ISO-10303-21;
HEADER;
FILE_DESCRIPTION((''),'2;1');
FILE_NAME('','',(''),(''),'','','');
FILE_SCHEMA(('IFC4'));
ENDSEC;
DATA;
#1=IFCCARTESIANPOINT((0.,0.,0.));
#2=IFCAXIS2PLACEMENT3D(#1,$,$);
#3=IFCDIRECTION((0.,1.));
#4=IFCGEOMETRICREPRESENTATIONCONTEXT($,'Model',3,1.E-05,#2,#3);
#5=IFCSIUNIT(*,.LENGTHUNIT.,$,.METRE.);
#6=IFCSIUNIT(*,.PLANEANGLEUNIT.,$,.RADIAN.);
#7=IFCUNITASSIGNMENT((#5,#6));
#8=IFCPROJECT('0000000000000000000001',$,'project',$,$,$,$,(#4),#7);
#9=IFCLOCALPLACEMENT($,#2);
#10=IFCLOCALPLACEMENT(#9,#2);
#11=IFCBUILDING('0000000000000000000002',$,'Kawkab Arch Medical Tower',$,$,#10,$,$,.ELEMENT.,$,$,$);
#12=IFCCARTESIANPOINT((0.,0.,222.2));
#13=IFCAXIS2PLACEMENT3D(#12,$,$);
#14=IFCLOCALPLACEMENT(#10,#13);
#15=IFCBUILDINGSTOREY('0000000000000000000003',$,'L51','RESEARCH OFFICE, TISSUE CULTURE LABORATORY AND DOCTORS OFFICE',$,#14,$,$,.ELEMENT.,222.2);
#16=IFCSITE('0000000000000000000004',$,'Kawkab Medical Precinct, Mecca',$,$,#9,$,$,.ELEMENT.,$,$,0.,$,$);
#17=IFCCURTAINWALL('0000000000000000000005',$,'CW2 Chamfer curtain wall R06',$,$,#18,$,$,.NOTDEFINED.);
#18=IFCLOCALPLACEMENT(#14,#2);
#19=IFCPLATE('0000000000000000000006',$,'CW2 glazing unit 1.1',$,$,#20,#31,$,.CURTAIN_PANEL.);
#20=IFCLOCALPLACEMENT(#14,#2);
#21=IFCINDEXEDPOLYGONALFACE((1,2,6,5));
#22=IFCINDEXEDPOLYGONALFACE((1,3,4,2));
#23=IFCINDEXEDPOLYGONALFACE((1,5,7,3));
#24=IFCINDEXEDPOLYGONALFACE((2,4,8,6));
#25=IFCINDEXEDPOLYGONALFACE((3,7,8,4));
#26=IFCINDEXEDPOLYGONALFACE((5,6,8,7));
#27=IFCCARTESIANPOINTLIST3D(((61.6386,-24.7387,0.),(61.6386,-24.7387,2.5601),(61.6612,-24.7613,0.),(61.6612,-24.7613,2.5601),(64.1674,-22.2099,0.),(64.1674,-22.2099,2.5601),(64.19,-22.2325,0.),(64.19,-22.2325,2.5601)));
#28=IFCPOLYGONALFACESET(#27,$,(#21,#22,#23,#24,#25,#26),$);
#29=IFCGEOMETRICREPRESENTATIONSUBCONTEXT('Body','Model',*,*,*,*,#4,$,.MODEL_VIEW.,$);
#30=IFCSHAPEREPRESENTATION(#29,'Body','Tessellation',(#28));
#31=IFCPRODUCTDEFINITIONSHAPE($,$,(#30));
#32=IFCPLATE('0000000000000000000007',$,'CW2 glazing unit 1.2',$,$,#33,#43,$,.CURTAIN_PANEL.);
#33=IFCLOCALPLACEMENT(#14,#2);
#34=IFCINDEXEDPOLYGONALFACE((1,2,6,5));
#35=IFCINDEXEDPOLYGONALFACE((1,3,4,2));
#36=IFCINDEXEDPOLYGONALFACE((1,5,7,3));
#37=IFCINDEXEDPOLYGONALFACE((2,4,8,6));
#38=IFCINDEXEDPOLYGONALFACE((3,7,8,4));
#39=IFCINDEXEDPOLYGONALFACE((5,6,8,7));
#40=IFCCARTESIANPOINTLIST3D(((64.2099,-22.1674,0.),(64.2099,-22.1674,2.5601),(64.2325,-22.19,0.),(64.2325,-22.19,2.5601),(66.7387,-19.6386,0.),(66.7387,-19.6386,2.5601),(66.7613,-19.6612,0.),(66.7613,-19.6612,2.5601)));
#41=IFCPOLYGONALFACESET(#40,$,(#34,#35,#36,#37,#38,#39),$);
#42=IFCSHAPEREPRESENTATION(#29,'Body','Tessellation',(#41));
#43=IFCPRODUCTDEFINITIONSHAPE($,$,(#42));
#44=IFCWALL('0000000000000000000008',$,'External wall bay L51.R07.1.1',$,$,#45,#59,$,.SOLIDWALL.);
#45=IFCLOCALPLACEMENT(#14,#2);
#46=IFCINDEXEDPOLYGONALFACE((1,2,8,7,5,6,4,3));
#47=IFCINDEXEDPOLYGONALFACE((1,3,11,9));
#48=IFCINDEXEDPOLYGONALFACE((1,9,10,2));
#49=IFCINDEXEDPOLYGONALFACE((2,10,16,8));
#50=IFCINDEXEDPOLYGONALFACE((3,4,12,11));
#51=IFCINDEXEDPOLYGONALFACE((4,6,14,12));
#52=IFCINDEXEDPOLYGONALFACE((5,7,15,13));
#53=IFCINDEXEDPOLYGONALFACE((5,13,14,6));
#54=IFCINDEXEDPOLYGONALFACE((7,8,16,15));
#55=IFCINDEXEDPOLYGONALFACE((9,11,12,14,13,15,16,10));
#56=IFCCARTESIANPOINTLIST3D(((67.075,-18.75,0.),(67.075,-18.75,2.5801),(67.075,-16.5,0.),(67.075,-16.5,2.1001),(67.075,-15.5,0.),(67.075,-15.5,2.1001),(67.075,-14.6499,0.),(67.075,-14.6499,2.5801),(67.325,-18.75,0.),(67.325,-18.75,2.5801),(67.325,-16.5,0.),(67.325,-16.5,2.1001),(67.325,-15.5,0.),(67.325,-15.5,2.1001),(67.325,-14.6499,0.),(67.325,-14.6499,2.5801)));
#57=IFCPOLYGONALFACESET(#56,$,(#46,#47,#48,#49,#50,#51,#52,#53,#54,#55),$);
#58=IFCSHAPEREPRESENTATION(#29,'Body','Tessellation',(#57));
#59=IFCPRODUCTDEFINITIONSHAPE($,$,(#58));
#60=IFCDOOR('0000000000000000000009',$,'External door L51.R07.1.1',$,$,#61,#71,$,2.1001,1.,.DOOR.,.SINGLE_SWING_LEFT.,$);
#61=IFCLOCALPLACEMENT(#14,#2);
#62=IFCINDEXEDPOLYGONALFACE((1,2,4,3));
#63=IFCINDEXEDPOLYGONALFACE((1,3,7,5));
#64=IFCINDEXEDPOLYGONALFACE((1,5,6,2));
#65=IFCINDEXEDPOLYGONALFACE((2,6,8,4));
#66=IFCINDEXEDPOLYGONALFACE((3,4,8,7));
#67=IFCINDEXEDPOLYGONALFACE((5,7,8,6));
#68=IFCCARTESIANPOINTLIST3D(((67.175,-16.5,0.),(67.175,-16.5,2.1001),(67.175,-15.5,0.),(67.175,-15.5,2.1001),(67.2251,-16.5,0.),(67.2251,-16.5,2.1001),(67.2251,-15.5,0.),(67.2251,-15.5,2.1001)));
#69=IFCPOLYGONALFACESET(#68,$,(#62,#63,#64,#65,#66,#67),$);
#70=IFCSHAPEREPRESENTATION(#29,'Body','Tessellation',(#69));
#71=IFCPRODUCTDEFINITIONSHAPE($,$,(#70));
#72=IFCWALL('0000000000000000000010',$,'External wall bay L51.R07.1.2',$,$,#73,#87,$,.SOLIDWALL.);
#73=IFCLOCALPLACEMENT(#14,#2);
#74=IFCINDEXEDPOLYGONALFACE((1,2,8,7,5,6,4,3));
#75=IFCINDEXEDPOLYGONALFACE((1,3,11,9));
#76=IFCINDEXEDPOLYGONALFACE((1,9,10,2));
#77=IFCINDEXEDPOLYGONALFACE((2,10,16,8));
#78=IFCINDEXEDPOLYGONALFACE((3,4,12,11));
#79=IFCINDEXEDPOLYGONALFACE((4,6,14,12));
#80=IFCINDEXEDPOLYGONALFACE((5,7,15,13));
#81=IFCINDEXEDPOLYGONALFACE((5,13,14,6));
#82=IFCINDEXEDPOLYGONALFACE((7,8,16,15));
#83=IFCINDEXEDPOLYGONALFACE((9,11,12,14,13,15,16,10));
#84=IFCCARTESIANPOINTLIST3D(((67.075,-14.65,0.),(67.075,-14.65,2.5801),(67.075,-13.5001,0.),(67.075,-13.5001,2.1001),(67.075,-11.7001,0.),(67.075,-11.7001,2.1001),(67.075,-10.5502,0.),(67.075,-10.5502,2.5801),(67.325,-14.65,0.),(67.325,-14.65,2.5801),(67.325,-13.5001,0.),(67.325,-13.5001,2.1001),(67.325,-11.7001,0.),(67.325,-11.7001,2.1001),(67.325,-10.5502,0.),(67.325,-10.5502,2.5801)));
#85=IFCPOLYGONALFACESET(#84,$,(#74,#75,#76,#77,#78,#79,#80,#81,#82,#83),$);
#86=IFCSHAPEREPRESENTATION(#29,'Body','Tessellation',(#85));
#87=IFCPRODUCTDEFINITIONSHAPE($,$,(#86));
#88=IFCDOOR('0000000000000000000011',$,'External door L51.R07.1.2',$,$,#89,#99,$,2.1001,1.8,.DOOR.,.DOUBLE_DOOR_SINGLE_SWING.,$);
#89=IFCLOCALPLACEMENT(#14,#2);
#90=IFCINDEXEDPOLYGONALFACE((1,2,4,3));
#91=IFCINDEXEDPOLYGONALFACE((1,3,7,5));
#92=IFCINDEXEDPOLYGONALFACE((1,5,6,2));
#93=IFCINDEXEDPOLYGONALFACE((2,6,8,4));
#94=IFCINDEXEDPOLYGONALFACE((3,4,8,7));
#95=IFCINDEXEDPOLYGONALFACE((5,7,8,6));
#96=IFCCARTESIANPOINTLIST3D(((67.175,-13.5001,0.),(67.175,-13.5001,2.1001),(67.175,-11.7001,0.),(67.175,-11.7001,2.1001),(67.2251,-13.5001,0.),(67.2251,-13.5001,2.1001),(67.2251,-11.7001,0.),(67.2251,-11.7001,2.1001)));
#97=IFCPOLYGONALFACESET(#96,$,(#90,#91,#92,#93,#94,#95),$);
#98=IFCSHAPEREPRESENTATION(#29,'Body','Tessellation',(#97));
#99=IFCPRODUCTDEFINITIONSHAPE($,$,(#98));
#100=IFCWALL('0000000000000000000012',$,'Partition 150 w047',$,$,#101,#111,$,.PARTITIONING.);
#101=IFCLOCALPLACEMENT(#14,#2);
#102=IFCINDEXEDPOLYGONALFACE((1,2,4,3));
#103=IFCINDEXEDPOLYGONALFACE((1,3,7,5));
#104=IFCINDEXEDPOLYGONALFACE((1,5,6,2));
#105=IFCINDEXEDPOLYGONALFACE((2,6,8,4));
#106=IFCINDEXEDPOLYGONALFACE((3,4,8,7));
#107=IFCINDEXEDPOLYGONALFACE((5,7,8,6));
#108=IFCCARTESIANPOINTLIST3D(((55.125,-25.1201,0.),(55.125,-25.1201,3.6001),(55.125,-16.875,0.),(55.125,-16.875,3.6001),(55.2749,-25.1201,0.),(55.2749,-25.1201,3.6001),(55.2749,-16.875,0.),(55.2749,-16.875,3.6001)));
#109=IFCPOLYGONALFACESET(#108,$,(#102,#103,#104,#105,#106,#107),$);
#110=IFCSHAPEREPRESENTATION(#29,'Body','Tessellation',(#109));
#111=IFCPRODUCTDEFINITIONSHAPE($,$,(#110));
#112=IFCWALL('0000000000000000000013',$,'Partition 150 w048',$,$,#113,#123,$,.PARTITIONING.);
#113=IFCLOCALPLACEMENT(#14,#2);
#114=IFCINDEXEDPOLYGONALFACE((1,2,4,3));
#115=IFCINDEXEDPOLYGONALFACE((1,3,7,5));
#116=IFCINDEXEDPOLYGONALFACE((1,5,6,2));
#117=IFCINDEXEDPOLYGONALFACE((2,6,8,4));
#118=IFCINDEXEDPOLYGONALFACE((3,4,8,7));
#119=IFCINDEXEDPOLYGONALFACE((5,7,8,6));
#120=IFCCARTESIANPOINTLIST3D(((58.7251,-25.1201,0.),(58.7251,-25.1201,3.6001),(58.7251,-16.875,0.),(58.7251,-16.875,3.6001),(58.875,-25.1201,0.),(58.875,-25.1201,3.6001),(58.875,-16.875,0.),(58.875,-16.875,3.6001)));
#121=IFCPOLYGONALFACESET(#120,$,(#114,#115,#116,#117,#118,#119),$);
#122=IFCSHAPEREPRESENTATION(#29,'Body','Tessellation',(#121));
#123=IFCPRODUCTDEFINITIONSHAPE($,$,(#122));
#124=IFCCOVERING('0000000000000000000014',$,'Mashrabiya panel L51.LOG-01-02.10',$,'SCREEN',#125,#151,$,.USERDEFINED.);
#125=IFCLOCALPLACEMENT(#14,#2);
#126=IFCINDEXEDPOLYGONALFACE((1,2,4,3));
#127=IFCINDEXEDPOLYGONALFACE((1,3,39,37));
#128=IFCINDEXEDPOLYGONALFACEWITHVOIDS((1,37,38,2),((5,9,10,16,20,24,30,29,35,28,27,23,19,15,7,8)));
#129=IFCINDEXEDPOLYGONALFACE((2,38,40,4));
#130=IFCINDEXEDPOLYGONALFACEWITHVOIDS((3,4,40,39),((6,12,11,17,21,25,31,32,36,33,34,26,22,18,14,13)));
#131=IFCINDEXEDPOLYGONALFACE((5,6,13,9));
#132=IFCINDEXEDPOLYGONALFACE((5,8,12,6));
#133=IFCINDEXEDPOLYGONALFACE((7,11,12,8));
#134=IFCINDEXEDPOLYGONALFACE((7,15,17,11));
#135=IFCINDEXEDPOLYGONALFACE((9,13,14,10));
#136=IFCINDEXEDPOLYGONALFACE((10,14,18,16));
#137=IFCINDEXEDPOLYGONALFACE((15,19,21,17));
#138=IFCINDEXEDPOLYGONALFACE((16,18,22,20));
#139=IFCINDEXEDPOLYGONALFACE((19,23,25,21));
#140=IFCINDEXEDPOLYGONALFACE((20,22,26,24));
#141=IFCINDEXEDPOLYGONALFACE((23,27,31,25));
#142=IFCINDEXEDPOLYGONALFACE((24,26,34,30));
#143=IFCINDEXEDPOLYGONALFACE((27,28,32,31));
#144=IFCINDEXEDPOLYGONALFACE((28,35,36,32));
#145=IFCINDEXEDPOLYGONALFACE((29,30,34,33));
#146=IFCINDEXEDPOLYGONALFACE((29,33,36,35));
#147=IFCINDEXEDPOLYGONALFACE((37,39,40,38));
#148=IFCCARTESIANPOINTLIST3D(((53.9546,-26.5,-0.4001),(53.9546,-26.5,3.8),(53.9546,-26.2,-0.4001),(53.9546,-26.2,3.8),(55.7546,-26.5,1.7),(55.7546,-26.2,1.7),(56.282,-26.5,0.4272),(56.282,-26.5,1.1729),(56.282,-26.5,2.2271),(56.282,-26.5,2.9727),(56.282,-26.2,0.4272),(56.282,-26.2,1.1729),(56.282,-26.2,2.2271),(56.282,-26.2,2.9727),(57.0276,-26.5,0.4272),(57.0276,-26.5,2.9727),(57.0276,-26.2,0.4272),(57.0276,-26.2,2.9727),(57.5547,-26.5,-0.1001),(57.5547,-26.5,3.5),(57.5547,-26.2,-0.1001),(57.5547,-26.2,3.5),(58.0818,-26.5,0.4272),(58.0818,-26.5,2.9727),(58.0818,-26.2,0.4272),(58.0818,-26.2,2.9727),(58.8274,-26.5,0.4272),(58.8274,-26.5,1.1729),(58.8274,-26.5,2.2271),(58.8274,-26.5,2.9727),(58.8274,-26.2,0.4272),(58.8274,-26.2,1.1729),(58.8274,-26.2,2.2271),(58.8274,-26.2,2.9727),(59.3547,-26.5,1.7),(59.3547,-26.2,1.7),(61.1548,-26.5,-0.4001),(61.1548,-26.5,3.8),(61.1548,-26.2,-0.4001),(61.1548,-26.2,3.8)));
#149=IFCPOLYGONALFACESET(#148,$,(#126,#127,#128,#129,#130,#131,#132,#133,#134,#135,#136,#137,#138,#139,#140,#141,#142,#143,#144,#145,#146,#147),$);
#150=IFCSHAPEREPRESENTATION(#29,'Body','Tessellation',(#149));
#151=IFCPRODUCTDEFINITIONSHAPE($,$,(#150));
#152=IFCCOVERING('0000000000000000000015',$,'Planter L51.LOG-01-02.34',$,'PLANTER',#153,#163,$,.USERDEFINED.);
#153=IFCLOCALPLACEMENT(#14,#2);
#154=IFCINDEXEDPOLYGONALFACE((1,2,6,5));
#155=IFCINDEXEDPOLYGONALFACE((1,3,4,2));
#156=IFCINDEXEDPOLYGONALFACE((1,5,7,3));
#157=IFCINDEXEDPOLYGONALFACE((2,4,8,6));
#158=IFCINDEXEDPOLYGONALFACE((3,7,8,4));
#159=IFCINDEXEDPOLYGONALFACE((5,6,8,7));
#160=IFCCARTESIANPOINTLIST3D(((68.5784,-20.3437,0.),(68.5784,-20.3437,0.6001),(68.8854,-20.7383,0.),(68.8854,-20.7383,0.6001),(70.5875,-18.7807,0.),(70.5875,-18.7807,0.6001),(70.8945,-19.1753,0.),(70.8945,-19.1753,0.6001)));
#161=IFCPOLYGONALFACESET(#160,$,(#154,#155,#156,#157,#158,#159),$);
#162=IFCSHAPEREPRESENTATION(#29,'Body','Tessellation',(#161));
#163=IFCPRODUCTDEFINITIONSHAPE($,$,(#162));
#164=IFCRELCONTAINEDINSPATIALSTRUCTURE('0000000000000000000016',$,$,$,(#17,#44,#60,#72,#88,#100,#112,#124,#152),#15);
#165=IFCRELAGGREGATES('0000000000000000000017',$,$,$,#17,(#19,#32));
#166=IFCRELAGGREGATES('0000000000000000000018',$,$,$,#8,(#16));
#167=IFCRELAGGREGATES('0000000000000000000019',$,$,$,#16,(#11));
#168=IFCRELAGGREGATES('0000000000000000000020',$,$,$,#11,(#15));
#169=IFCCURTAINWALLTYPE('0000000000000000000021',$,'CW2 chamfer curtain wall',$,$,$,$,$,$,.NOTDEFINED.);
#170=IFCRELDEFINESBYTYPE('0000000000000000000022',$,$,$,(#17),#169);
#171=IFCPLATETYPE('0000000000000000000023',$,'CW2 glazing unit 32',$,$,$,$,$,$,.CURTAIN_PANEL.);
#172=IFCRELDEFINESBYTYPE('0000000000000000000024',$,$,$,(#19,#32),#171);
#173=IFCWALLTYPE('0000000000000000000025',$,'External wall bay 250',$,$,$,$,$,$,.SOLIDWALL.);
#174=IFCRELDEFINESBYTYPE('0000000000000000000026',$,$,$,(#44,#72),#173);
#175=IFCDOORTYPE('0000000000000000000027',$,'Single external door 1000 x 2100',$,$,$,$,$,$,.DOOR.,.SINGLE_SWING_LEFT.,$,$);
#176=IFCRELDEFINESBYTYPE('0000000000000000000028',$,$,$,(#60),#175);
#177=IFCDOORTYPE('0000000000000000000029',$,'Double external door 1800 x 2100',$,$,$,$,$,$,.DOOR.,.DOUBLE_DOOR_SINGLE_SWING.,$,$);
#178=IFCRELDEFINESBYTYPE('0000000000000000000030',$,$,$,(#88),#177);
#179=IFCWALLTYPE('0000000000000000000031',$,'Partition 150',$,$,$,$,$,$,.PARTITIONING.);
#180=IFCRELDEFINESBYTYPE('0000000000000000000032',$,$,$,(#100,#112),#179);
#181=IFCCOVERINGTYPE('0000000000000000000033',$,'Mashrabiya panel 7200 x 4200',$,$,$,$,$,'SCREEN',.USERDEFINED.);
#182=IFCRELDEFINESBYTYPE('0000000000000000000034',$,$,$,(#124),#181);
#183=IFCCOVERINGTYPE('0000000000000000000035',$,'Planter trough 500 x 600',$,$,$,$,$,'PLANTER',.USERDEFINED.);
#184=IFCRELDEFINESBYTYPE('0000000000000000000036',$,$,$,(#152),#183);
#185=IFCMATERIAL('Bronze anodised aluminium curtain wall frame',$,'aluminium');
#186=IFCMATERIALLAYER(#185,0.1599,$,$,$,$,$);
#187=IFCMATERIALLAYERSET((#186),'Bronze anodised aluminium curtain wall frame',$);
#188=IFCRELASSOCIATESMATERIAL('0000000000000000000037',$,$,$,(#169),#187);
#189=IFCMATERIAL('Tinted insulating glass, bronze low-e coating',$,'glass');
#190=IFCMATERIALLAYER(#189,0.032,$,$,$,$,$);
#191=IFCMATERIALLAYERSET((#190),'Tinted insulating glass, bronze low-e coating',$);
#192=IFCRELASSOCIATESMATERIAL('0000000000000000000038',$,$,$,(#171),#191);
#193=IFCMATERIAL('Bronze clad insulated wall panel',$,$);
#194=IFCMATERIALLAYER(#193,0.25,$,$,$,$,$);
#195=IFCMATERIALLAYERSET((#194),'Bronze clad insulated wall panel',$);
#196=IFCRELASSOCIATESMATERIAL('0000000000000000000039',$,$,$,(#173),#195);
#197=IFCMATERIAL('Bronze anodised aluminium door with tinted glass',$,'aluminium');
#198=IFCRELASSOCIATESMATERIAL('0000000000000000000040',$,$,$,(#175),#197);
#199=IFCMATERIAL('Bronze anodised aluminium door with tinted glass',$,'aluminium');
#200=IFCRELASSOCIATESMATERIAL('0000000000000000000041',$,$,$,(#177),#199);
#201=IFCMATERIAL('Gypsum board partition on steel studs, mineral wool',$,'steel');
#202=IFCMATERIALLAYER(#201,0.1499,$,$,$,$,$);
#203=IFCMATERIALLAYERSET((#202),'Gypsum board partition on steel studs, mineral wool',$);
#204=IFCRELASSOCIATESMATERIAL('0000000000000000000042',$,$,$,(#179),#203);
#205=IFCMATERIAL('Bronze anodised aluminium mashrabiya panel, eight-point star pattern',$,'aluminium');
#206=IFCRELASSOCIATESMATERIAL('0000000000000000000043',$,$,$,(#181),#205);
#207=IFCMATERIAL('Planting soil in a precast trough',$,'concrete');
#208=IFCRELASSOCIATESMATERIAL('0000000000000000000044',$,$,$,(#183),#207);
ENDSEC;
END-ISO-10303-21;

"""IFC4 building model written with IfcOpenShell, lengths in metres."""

from ifc_helpers import new_model, si_unit, direction, frame, frame_2d, origin, origin_2d, place, context, subcontext, project, spatial, polyline, rectangle, outline, extrude, material, layer, layer_set, material_profile, profile_set, type_object, element, fill, aggregate, save


model = new_model("IFC4")

# Units and contexts
model_context = context("Model", 3, precision=1e-05, world=origin(), true_north=direction((0.0, 1.0)))
body_context = subcontext(model_context, "Body", "Model", "MODEL_VIEW")
ifc_project = project(units=[si_unit("LENGTHUNIT", "METRE"), si_unit("PLANEANGLEUNIT", "RADIAN")], contexts=[model_context])

# Site, building, storey
site_placement = place(None, origin())
site = spatial("IfcSite", under=ifc_project, at=site_placement, Name="Kawkab Medical Precinct, Mecca", CompositionType="ELEMENT", RefElevation=0.0)
building_placement = place(site_placement, origin())
building = spatial("IfcBuilding", under=site, at=building_placement, Name="Kawkab Arch Medical Tower", CompositionType="ELEMENT")
storey_placement = place(building_placement, frame((0.0, 0.0, 222.2)))
storey = spatial("IfcBuildingStorey", under=building, at=storey_placement, Name="L51", Description="RESEARCH OFFICE, TISSUE CULTURE LABORATORY AND DOCTORS OFFICE", CompositionType="ELEMENT", Elevation=222.2)

# Shared definitions
placement = place(storey_placement, origin())

# Curtain wall
ifc_material_1 = material(Name="Bronze anodised aluminium curtain wall frame", Category="aluminium")
ifc_layer_1 = layer(ifc_material_1, 0.1599)
ifc_layer_set_1 = layer_set([ifc_layer_1], Name="Bronze anodised aluminium curtain wall frame")
curtain_wall_type_1 = type_object("IfcCurtainWallType", Name="CW2 chamfer curtain wall", PredefinedType="NOTDEFINED", material=ifc_layer_set_1)
curtain_wall_1 = element("IfcCurtainWall", 1, at=placement, inside=storey, type_object=curtain_wall_type_1, Name="CW2 Chamfer curtain wall R06", PredefinedType="NOTDEFINED")

# Plates
ifc_material_2 = material(Name="Tinted insulating glass, bronze low-e coating", Category="glass")
ifc_layer_2 = layer(ifc_material_2, 0.032)
ifc_layer_set_2 = layer_set([ifc_layer_2], Name="Tinted insulating glass, bronze low-e coating")
plate_type_1 = type_object("IfcPlateType", Name="CW2 glazing unit 32", PredefinedType="CURTAIN_PANEL", material=ifc_layer_set_2)
plate_1_placement = place(storey_placement, frame((62.9143, -23.4856, 0.0), z_axis=(0.0, 0.0, 1.0), x_axis=(0.707107, 0.707107, 0.0)))
plate_1 = element("IfcPlate", 2, at=plate_1_placement, type_object=plate_type_1, Name="CW2 glazing unit 1.1", PredefinedType="CURTAIN_PANEL", context=body_context, shape_type="SweptSolid", body=[
    extrude(rectangle(XDim=3.5762, YDim=0.032, at=origin_2d()), origin(), (0.0, 0.0, 1.0), 2.5601),
])
plate_2_placement = place(storey_placement, frame((65.4856, -20.9143, 0.0), z_axis=(0.0, 0.0, 1.0), x_axis=(0.707107, 0.707107, 0.0)))
plate_2 = element("IfcPlate", 3, at=plate_2_placement, type_object=plate_type_1, Name="CW2 glazing unit 1.2", PredefinedType="CURTAIN_PANEL", context=body_context, shape_type="SweptSolid", body=[
    extrude(rectangle(XDim=3.5762, YDim=0.032, at=origin_2d()), origin(), (0.0, 0.0, 1.0), 2.5601),
])
aggregate(curtain_wall_1, [plate_1, plate_2])

# Walls, openings, doors
ifc_material_3 = material(Name="Bronze clad insulated wall panel")
ifc_layer_3 = layer(ifc_material_3, 0.25)
ifc_layer_set_3 = layer_set([ifc_layer_3], Name="Bronze clad insulated wall panel")
wall_type_1 = type_object("IfcWallType", Name="External wall bay 250", PredefinedType="SOLIDWALL", material=ifc_layer_set_3)
wall_1_placement = place(storey_placement, frame((67.2, -18.75, 0.0), z_axis=(0.0, 0.0, 1.0), x_axis=(0.0, 1.0, 0.0)))
wall_1 = element("IfcWall", 4, at=wall_1_placement, inside=storey, type_object=wall_type_1, Name="External wall bay L51.R07.1.1", PredefinedType="SOLIDWALL", context=body_context, shape_type="SweptSolid", body=[
    extrude(rectangle(XDim=4.1001, YDim=0.25, at=frame_2d((2.05, 0.0))), origin(), (0.0, 0.0, 1.0), 2.5801),
])
opening_1_placement = place(wall_1_placement, frame((2.25, 0.0, 0.0)))
opening_1 = element("IfcOpeningElement", 5, at=opening_1_placement, cuts=wall_1, PredefinedType="OPENING", context=body_context, shape_type="SweptSolid", body=[
    extrude(rectangle(XDim=1.0, YDim=2.1001, at=frame_2d((0.5, 1.05))), frame((0.0, 0.135, 0.0), z_axis=(0.0, -1.0, 0.0), x_axis=(1.0, 0.0, 0.0)), (0.0, 0.0, 1.0), 0.27),
])
ifc_material_4 = material(Name="Bronze anodised aluminium door with tinted glass", Category="aluminium")
door_type_1 = type_object("IfcDoorType", Name="Single external door 1000 x 2100", OperationType="SINGLE_SWING_LEFT", PredefinedType="DOOR", material=ifc_material_4)
door_1_placement = place(opening_1_placement, origin())
door_1 = element("IfcDoor", 6, at=door_1_placement, inside=storey, type_object=door_type_1, Name="External door L51.R07.1.1", OperationType="SINGLE_SWING_LEFT", OverallHeight=2.1001, OverallWidth=1.0, PredefinedType="DOOR", context=body_context, shape_type="SweptSolid", body=[
    extrude(rectangle(XDim=1.0, YDim=2.1001, at=frame_2d((0.5, 1.05))), frame((0.0, 0.0249, 0.0), z_axis=(0.0, -1.0, 0.0), x_axis=(1.0, 0.0, 0.0)), (0.0, 0.0, 1.0), 0.05),
])
fill(opening_1, door_1)
wall_2_placement = place(storey_placement, frame((67.2, -14.6499, 0.0), z_axis=(0.0, 0.0, 1.0), x_axis=(0.0, 1.0, 0.0)))
wall_2 = element("IfcWall", 7, at=wall_2_placement, inside=storey, type_object=wall_type_1, Name="External wall bay L51.R07.1.2", PredefinedType="SOLIDWALL", context=body_context, shape_type="SweptSolid", body=[
    extrude(rectangle(XDim=4.0999, YDim=0.25, at=frame_2d((2.0498, 0.0))), origin(), (0.0, 0.0, 1.0), 2.5801),
])
opening_2_placement = place(wall_2_placement, frame((1.1499, 0.0, 0.0)))
opening_2 = element("IfcOpeningElement", 8, at=opening_2_placement, cuts=wall_2, PredefinedType="OPENING", context=body_context, shape_type="SweptSolid", body=[
    extrude(rectangle(XDim=1.8, YDim=2.1001, at=frame_2d((0.8999, 1.05))), frame((0.0, 0.135, 0.0), z_axis=(0.0, -1.0, 0.0), x_axis=(1.0, 0.0, 0.0)), (0.0, 0.0, 1.0), 0.27),
])
ifc_material_5 = material(Name="Bronze anodised aluminium door with tinted glass", Category="aluminium")
door_type_2 = type_object("IfcDoorType", Name="Double external door 1800 x 2100", OperationType="DOUBLE_DOOR_SINGLE_SWING", PredefinedType="DOOR", material=ifc_material_5)
door_2_placement = place(opening_2_placement, origin())
door_2 = element("IfcDoor", 9, at=door_2_placement, inside=storey, type_object=door_type_2, Name="External door L51.R07.1.2", OperationType="DOUBLE_DOOR_SINGLE_SWING", OverallHeight=2.1001, OverallWidth=1.8, PredefinedType="DOOR", context=body_context, shape_type="SweptSolid", body=[
    extrude(rectangle(XDim=1.8, YDim=2.1001, at=frame_2d((0.8999, 1.05))), frame((0.0, 0.0249, 0.0), z_axis=(0.0, -1.0, 0.0), x_axis=(1.0, 0.0, 0.0)), (0.0, 0.0, 1.0), 0.05),
])
fill(opening_2, door_2)

# Walls
ifc_material_6 = material(Name="Gypsum board partition on steel studs, mineral wool", Category="steel")
ifc_layer_4 = layer(ifc_material_6, 0.1499)
ifc_layer_set_4 = layer_set([ifc_layer_4], Name="Gypsum board partition on steel studs, mineral wool")
wall_type_2 = type_object("IfcWallType", Name="Partition 150", PredefinedType="PARTITIONING", material=ifc_layer_set_4)
for number, where, z_axis, x_axis, name in (
    (10, (55.2, -25.1201, 0.0), (0.0, 0.0, 1.0), (0.0, 1.0, 0.0), "Partition 150 w047"),
    (11, (58.8, -25.1201, 0.0), (0.0, 0.0, 1.0), (0.0, 1.0, 0.0), "Partition 150 w048"),
):
    element("IfcWall", number, at=place(storey_placement, frame(where, z_axis=z_axis, x_axis=x_axis)), inside=storey, type_object=wall_type_2, Name=name, PredefinedType="PARTITIONING", context=body_context, shape_type="SweptSolid", body=[
        extrude(rectangle(XDim=8.2451, YDim=0.1499, at=frame_2d((4.1226, 0.0))), origin(), (0.0, 0.0, 1.0), 3.6001),
    ])

# Coverings
ifc_material_7 = material(Name="Bronze anodised aluminium mashrabiya panel, eight-point star pattern", Category="aluminium")
ifc_material_profile_1 = material_profile(ifc_material_7, outline(polyline([(-3.6001, -2.1001), (3.6001, -2.1001), (3.6001, 2.1001), (-3.6001, 2.1001), (-3.6001, -2.1001)]), holes=[polyline([(1.8, 0.0), (1.2727, 0.5271), (1.2727, 1.2727), (0.5271, 1.2727), (0.0, 1.8), (-0.5271, 1.2727), (-1.2727, 1.2727), (-1.2727, 0.5271), (-1.8, 0.0), (-1.2727, -0.5271), (-1.2727, -1.2727), (-0.5271, -1.2727), (0.0, -1.8), (0.5271, -1.2727), (1.2727, -1.2727), (1.2727, -0.5271), (1.8, 0.0)])]), Name="Mashrabiya panel 7200x4200")
ifc_profile_set_1 = profile_set([ifc_material_profile_1], Name="Bronze anodised aluminium mashrabiya panel, eight-point star pattern")
covering_type_1 = type_object("IfcCoveringType", Name="Mashrabiya panel 7200 x 4200", ElementType="SCREEN", PredefinedType="USERDEFINED", material=ifc_profile_set_1)
covering_1_placement = place(storey_placement, frame((57.5547, -26.2, 1.7), z_axis=(0.0, -1.0, 0.0), x_axis=(1.0, 0.0, 0.0)))
element("IfcCovering", 12, at=covering_1_placement, inside=storey, type_object=covering_type_1, Name="Mashrabiya panel L51.LOG-01-02.10", ObjectType="SCREEN", PredefinedType="USERDEFINED", context=body_context, shape_type="SweptSolid", body=[
    extrude(outline(polyline([(-3.6001, -2.1001), (3.6001, -2.1001), (3.6001, 2.1001), (-3.6001, 2.1001), (-3.6001, -2.1001)]), holes=[polyline([(1.8, 0.0), (1.2727, 0.5271), (1.2727, 1.2727), (0.5271, 1.2727), (0.0, 1.8), (-0.5271, 1.2727), (-1.2727, 1.2727), (-1.2727, 0.5271), (-1.8, 0.0), (-1.2727, -0.5271), (-1.2727, -1.2727), (-0.5271, -1.2727), (0.0, -1.8), (0.5271, -1.2727), (1.2727, -1.2727), (1.2727, -0.5271), (1.8, 0.0)])]), origin(), (0.0, 0.0, 1.0), 0.3),
])
ifc_material_8 = material(Name="Planting soil in a precast trough", Category="concrete")
ifc_material_profile_2 = material_profile(ifc_material_8, rectangle(XDim=0.5, YDim=0.6001, at=origin_2d()), Name="Trough 500x600")
ifc_profile_set_2 = profile_set([ifc_material_profile_2], Name="Planting soil in a precast trough")
covering_type_2 = type_object("IfcCoveringType", Name="Planter trough 500 x 600", ElementType="PLANTER", PredefinedType="USERDEFINED", material=ifc_profile_set_2)
covering_2_placement = place(storey_placement, frame((70.741, -18.978, 0.3), z_axis=(-0.789275, -0.61404, 0.0), x_axis=(0.61404, -0.789275, 0.0)))
element("IfcCovering", 13, at=covering_2_placement, inside=storey, type_object=covering_type_2, Name="Planter L51.LOG-01-02.34", ObjectType="PLANTER", PredefinedType="USERDEFINED", context=body_context, shape_type="SweptSolid", body=[
    extrude(rectangle(XDim=0.5, YDim=0.6001, at=origin_2d()), origin(), (0.0, 0.0, 1.0), 2.5454),
])

save(model, "model.ifc")
